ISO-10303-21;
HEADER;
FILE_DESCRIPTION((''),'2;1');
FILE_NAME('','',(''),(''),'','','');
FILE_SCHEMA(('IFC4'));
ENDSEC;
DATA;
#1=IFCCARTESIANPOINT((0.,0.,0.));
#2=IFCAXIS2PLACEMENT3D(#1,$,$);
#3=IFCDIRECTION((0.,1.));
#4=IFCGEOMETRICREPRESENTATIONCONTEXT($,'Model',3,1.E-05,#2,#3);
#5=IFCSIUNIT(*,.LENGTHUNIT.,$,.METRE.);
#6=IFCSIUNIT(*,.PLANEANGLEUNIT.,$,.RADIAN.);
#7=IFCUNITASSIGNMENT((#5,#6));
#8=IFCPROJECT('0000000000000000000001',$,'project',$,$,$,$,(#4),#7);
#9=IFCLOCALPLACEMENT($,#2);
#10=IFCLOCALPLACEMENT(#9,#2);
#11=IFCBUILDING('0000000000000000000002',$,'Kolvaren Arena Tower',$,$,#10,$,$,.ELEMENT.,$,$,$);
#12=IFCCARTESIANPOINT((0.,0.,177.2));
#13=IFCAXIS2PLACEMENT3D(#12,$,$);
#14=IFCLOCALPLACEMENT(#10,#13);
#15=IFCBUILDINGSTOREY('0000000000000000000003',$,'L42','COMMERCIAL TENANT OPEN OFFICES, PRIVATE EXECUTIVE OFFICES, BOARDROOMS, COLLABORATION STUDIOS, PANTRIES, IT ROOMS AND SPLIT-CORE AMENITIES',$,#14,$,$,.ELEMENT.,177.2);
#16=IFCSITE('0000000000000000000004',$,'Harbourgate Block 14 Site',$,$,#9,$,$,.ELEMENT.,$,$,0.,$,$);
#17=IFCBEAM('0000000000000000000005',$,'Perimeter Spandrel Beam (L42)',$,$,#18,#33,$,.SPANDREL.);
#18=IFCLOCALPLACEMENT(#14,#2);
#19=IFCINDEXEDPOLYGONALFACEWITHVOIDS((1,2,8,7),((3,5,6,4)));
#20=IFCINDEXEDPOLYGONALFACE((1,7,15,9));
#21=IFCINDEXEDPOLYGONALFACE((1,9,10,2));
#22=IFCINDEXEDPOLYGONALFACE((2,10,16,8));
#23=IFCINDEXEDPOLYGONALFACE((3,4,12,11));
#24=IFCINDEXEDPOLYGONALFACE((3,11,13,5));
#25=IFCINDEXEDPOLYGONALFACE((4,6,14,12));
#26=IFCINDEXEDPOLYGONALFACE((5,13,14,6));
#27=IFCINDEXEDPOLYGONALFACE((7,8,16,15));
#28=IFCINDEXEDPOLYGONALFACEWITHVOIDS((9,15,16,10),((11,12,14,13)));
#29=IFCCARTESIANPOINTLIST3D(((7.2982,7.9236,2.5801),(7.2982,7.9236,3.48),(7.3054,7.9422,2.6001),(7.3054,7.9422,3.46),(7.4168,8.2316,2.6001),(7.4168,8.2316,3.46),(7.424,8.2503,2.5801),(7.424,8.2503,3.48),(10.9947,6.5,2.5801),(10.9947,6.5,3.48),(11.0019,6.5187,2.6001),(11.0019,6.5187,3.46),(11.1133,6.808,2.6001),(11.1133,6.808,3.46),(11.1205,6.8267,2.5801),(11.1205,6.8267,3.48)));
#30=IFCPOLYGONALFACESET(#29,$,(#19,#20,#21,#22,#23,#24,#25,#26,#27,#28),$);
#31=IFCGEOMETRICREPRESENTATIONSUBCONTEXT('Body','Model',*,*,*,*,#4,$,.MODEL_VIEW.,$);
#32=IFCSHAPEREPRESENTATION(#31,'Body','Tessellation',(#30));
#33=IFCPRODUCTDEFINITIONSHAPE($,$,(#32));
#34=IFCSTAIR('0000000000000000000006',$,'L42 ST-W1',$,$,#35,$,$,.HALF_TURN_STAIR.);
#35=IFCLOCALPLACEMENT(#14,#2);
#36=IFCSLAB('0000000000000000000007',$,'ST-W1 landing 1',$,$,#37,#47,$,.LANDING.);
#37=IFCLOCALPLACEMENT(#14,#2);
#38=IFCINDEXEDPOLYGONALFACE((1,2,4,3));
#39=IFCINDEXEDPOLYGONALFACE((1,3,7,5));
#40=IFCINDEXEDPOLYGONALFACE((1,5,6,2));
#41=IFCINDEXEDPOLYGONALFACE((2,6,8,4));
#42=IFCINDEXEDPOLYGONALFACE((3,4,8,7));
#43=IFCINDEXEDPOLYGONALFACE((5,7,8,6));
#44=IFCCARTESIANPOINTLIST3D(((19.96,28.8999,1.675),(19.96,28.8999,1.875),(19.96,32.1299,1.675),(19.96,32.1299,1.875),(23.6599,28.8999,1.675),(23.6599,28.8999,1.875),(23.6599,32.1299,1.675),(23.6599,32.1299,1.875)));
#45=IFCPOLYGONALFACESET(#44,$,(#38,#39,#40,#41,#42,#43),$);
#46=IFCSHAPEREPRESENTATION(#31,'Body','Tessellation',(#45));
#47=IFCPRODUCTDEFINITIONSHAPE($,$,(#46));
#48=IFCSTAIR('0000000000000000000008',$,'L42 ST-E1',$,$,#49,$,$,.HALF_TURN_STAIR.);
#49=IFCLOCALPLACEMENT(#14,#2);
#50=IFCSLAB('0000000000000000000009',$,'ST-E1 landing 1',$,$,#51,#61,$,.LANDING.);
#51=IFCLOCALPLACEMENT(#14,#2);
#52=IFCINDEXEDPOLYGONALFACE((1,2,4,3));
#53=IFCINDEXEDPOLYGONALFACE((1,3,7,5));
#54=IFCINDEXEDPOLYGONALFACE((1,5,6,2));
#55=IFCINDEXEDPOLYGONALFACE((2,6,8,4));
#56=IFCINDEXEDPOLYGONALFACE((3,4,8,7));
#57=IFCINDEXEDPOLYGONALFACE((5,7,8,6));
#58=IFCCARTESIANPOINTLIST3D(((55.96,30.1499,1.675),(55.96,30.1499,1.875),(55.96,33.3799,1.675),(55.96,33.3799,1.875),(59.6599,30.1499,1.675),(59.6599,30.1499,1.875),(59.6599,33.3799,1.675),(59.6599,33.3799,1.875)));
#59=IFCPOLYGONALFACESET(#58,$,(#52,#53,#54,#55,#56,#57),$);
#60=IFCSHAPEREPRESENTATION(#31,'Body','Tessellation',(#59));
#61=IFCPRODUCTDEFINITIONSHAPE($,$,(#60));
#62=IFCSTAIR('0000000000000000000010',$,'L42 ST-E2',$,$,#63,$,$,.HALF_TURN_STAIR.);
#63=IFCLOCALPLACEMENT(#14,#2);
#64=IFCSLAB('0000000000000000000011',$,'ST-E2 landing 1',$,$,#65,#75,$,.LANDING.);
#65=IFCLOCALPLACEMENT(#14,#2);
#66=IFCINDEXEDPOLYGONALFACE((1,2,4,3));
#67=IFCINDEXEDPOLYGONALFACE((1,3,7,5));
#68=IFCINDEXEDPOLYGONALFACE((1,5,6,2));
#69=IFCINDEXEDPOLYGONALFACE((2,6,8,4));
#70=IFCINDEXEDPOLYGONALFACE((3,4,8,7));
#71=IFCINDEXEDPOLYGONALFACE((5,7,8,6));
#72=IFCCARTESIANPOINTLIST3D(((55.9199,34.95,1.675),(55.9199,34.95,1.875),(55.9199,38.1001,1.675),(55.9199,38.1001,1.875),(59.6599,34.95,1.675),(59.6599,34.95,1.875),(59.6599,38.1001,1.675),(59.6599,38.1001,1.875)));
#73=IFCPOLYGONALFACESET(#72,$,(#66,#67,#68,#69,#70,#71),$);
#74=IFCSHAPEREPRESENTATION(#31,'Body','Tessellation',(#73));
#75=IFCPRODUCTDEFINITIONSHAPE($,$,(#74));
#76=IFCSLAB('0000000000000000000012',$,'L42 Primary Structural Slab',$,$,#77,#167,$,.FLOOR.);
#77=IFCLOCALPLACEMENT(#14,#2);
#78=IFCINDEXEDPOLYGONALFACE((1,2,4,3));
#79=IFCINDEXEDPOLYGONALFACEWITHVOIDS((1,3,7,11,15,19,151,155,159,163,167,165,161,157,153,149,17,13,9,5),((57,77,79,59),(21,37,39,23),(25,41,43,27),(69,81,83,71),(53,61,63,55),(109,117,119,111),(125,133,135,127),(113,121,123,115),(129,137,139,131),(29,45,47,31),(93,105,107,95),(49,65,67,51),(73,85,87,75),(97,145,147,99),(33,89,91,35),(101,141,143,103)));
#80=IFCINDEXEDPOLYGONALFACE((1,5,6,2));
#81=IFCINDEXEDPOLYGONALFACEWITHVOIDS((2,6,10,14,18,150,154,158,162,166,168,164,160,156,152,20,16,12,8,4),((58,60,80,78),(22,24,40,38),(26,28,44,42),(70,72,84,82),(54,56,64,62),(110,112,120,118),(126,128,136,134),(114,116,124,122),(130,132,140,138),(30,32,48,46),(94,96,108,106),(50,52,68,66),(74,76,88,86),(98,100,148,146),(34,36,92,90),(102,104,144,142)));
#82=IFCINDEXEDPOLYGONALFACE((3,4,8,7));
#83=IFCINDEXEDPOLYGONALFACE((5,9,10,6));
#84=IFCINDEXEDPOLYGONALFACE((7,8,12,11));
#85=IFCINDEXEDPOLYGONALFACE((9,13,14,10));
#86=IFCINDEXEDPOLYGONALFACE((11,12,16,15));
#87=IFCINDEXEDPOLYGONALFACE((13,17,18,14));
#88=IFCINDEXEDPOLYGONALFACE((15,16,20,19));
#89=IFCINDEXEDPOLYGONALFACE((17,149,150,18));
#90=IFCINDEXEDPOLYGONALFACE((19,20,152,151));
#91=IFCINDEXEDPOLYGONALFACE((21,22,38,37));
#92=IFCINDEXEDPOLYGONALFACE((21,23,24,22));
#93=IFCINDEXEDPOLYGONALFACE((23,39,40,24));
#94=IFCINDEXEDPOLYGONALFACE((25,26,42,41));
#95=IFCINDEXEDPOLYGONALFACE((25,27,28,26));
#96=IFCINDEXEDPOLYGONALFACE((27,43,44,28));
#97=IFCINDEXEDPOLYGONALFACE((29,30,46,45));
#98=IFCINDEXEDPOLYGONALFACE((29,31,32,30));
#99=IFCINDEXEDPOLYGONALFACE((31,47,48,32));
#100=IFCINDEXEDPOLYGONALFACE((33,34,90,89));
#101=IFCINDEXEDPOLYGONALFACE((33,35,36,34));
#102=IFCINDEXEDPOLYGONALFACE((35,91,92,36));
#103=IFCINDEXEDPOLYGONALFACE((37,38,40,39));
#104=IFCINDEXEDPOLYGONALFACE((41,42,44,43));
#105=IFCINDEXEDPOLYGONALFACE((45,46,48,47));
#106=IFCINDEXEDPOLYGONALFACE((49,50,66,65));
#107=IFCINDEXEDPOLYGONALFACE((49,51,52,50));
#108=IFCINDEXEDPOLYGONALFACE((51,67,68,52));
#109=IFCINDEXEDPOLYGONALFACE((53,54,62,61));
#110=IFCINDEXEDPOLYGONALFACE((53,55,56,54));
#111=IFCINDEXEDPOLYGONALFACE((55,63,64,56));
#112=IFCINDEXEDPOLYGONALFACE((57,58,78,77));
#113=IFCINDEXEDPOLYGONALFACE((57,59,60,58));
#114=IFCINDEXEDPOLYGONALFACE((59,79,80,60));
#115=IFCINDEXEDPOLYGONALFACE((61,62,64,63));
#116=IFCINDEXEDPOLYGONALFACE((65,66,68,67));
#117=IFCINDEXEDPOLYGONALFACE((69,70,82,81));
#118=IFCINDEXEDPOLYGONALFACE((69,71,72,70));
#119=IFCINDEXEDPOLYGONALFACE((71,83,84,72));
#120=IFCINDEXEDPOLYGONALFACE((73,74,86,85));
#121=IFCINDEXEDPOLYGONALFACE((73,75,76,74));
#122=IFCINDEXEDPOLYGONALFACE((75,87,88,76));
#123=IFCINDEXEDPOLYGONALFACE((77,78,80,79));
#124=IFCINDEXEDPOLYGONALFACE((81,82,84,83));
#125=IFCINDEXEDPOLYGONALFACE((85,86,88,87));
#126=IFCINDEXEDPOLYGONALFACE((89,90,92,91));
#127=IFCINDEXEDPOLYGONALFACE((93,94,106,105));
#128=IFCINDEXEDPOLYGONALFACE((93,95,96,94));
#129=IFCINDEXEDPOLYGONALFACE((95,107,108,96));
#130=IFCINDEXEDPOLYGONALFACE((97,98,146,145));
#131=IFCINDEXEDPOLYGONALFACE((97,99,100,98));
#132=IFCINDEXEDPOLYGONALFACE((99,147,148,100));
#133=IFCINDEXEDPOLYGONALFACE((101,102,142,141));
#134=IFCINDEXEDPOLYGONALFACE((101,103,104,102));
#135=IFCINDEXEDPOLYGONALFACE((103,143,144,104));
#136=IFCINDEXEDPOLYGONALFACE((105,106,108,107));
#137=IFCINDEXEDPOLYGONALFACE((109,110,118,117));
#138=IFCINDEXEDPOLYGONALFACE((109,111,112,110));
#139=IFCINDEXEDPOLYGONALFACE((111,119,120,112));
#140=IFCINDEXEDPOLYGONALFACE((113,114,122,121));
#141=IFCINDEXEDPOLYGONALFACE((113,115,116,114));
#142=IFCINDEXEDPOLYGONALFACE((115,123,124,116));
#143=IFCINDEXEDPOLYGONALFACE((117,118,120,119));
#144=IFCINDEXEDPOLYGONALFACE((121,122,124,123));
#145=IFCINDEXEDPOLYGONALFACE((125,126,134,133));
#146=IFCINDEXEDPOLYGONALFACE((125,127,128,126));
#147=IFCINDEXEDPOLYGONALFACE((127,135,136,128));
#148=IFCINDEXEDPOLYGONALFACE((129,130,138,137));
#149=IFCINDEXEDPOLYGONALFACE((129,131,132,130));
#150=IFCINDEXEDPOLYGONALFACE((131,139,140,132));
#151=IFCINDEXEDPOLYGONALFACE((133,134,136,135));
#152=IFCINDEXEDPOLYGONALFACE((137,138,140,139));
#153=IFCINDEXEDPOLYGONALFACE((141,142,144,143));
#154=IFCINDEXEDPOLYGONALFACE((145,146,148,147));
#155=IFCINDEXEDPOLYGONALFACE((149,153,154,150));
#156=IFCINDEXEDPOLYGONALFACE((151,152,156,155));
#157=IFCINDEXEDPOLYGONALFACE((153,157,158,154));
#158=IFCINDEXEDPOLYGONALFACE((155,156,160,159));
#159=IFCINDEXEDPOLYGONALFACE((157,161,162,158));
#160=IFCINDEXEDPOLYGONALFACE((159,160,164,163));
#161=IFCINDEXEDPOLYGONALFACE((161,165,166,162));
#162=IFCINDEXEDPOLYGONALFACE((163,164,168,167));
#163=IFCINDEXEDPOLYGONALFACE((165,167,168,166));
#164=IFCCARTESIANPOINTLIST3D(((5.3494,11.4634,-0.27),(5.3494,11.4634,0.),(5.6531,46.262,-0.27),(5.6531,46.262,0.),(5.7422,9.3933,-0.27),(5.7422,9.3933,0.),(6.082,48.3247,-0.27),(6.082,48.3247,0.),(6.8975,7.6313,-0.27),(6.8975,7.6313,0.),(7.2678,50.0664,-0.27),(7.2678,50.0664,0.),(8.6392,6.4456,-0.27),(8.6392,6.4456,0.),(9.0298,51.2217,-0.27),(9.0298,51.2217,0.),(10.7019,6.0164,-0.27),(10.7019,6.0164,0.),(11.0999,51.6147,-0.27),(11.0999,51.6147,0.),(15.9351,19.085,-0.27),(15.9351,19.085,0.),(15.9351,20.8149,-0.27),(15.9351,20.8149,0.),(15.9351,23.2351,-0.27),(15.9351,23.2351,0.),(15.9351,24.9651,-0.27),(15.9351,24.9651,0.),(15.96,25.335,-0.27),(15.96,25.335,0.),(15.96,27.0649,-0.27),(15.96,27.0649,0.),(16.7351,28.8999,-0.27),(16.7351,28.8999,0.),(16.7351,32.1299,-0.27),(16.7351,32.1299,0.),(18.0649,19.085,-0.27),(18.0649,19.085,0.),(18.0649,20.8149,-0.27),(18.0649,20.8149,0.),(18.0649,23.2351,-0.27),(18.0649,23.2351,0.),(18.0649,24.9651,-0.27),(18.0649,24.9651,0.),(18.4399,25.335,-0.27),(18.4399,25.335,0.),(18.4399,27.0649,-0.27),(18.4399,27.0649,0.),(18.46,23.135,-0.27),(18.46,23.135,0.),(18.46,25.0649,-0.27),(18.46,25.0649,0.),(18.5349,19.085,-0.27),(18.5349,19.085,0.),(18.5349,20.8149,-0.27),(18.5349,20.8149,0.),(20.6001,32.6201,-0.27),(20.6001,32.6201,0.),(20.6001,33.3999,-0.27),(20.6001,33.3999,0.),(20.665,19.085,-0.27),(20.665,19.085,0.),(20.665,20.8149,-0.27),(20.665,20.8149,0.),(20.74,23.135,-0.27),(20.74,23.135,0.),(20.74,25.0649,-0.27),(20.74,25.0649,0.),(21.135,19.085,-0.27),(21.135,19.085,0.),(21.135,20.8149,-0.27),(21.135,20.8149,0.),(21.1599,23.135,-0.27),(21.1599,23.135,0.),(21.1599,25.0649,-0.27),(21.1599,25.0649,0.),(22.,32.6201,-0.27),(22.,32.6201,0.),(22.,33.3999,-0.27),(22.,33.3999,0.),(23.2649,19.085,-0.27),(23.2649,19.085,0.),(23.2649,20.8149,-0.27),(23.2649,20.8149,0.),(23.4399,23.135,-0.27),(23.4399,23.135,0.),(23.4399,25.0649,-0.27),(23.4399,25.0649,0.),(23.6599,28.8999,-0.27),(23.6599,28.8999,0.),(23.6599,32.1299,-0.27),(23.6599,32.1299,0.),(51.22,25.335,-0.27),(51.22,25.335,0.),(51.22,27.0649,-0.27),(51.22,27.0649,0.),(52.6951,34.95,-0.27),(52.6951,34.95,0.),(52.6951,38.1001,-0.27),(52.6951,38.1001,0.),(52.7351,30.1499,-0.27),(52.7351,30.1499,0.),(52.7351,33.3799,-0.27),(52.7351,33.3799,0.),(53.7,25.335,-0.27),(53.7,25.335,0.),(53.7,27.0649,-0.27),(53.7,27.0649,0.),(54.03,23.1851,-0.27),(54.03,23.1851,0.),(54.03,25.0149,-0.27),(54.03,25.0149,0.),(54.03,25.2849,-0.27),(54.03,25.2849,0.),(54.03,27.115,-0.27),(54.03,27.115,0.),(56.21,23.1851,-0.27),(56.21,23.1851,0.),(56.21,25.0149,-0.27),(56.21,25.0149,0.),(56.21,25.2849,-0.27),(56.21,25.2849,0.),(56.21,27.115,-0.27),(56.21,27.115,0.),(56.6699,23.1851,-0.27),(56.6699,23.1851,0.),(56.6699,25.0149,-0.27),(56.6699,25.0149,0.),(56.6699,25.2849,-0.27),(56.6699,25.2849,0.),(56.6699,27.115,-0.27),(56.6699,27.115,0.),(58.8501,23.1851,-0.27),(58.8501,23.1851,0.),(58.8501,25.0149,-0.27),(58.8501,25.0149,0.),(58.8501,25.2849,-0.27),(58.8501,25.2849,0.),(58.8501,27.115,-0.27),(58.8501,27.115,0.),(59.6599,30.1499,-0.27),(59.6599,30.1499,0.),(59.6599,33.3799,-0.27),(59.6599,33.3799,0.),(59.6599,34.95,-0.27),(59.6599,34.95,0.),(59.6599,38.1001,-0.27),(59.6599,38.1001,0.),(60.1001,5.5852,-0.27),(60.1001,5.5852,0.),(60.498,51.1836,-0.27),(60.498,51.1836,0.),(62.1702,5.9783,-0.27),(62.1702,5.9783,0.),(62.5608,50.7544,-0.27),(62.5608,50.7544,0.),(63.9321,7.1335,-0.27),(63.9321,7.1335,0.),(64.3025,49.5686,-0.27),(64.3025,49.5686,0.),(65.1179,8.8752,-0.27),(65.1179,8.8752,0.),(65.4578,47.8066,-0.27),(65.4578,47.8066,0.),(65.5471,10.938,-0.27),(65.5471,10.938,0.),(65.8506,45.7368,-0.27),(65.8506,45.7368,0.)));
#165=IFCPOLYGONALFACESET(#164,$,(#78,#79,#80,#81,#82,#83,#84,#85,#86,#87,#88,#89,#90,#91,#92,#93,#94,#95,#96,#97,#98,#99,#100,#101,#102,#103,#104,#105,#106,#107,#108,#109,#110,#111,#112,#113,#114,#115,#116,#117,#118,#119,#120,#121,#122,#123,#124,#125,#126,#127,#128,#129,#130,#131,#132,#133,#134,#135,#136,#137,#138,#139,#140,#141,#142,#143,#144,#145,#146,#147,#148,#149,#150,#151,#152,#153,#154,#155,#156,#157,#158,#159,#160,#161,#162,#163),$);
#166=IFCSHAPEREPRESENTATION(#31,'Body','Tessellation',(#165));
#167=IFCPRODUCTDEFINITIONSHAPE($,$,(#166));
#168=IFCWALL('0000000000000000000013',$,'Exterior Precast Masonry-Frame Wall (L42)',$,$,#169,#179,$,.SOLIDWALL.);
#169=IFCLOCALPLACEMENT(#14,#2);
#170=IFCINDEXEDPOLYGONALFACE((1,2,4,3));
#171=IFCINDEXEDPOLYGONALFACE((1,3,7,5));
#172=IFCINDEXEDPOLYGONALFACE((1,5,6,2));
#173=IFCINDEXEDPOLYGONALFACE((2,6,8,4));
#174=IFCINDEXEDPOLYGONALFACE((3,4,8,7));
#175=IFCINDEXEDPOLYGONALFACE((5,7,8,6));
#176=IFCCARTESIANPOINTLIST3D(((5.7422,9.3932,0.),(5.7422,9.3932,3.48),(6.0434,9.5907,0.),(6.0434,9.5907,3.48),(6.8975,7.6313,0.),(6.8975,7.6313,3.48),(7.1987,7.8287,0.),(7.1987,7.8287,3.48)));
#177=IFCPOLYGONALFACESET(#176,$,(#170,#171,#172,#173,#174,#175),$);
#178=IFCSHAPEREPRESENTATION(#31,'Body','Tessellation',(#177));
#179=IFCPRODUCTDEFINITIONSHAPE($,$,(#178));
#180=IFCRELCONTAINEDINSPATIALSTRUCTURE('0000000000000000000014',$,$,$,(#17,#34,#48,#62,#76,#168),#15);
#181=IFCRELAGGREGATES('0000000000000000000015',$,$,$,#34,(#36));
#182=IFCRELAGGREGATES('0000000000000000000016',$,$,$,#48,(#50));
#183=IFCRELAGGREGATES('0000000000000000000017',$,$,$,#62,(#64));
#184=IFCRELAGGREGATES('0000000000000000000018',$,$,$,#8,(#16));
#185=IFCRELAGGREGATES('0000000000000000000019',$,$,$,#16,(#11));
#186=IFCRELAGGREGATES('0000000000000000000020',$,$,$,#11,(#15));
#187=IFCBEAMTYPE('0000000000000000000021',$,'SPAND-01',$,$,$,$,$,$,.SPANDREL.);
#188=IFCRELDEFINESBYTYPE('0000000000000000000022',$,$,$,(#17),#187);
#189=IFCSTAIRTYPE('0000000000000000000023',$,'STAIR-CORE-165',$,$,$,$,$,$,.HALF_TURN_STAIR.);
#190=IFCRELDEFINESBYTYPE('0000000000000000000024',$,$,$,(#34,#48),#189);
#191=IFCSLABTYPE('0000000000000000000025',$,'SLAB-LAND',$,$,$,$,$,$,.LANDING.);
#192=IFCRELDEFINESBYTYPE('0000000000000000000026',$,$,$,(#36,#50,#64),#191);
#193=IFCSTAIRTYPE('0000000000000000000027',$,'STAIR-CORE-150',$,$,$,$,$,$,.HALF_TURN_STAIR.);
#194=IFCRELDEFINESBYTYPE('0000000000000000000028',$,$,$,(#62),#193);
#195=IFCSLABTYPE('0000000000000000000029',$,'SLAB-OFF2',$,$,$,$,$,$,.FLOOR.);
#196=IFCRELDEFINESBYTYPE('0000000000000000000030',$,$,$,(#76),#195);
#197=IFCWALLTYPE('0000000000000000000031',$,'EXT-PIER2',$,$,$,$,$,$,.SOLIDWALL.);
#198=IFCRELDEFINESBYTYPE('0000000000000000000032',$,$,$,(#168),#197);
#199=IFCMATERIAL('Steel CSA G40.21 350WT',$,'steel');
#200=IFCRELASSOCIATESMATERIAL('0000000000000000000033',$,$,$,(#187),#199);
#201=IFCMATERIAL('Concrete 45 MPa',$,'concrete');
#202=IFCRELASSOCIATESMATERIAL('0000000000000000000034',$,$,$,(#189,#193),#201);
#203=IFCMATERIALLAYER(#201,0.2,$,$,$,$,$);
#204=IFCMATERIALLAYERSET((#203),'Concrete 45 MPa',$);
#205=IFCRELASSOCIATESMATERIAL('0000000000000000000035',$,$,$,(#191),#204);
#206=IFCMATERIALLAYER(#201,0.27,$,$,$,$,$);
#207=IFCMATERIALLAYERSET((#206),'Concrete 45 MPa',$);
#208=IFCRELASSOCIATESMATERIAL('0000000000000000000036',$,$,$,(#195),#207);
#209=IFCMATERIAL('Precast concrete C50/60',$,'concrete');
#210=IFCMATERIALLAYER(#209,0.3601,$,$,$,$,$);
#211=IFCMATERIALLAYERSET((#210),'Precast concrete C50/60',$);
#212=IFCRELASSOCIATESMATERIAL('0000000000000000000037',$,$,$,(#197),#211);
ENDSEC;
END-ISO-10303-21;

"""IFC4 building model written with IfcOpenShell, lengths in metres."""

from ifc_helpers import new_model, si_unit, direction, frame, frame_2d, origin, origin_2d, place, context, subcontext, project, spatial, polyline, rectangle, hollow_rectangle, outline, extrude, material, layer, layer_set, material_profile, profile_set, type_object, element, aggregate, save


model = new_model("IFC4")

# Units and contexts
model_context = context("Model", 3, precision=1e-05, world=origin(), true_north=direction((0.0, 1.0)))
body_context = subcontext(model_context, "Body", "Model", "MODEL_VIEW")
ifc_project = project(units=[si_unit("LENGTHUNIT", "METRE"), si_unit("PLANEANGLEUNIT", "RADIAN")], contexts=[model_context])

# Site, building, storey
site_placement = place(None, origin())
site = spatial("IfcSite", under=ifc_project, at=site_placement, Name="Harbourgate Block 14 Site", CompositionType="ELEMENT", RefElevation=0.0)
building_placement = place(site_placement, origin())
building = spatial("IfcBuilding", under=site, at=building_placement, Name="Kolvaren Arena Tower", CompositionType="ELEMENT")
storey_placement = place(building_placement, frame((0.0, 0.0, 177.2)))
storey = spatial("IfcBuildingStorey", under=building, at=storey_placement, Name="L42", Description="COMMERCIAL TENANT OPEN OFFICES, PRIVATE EXECUTIVE OFFICES, BOARDROOMS, COLLABORATION STUDIOS, PANTRIES, IT ROOMS AND SPLIT-CORE AMENITIES", CompositionType="ELEMENT", Elevation=177.2)

# Beam
ifc_material_1 = material(Name="Steel CSA G40.21 350WT", Category="steel")
ifc_material_profile_1 = material_profile(ifc_material_1, hollow_rectangle(XDim=0.3501, YDim=0.8999, WallThickness=0.02, at=origin_2d()), Name="HSS 900x350x20")
ifc_profile_set_1 = profile_set([ifc_material_profile_1], Name="Steel CSA G40.21 350WT")
beam_type_1 = type_object("IfcBeamType", Name="SPAND-01", PredefinedType="SPANDREL", material=ifc_profile_set_1)
beam_1_placement = place(storey_placement, frame((7.3611, 8.0869, 3.03), z_axis=(0.93319, -0.359384, 0.0), x_axis=(0.359384, 0.93319, 0.0)))
element("IfcBeam", 1, at=beam_1_placement, inside=storey, type_object=beam_type_1, Name="Perimeter Spandrel Beam (L42)", PredefinedType="SPANDREL", context=body_context, shape_type="SweptSolid", body=[
    extrude(hollow_rectangle(XDim=0.3501, YDim=0.8999, WallThickness=0.02, at=origin_2d()), origin(), (0.0, 0.0, 1.0), 3.9612),
])

# Stairs, slabs
ifc_material_2 = material(Name="Concrete 45 MPa", Category="concrete")
stair_type_1 = type_object("IfcStairType", Name="STAIR-CORE-165", PredefinedType="HALF_TURN_STAIR", material=ifc_material_2)
stair_1_placement = place(storey_placement, origin())
stair_1 = element("IfcStair", 2, at=stair_1_placement, inside=storey, type_object=stair_type_1, Name="L42 ST-W1", PredefinedType="HALF_TURN_STAIR")
ifc_layer_1 = layer(ifc_material_2, 0.2)
ifc_layer_set_1 = layer_set([ifc_layer_1], Name="Concrete 45 MPa")
slab_type_1 = type_object("IfcSlabType", Name="SLAB-LAND", PredefinedType="LANDING", material=ifc_layer_set_1)
slab_1_placement = place(storey_placement, frame((0.0, 0.0, 1.675)))
slab_1 = element("IfcSlab", 3, at=slab_1_placement, type_object=slab_type_1, Name="ST-W1 landing 1", PredefinedType="LANDING", context=body_context, shape_type="SweptSolid", body=[
    extrude(outline(polyline([(19.96, 28.8999), (23.6599, 28.8999), (23.6599, 32.1299), (19.96, 32.1299), (19.96, 28.8999)])), origin(), (0.0, 0.0, 1.0), 0.2),
])
aggregate(stair_1, [slab_1])
stair_2_placement = place(storey_placement, origin())
stair_2 = element("IfcStair", 4, at=stair_2_placement, inside=storey, type_object=stair_type_1, Name="L42 ST-E1", PredefinedType="HALF_TURN_STAIR")
slab_2_placement = place(storey_placement, frame((0.0, 0.0, 1.675)))
slab_2 = element("IfcSlab", 5, at=slab_2_placement, type_object=slab_type_1, Name="ST-E1 landing 1", PredefinedType="LANDING", context=body_context, shape_type="SweptSolid", body=[
    extrude(outline(polyline([(55.96, 30.1499), (59.6599, 30.1499), (59.6599, 33.3799), (55.96, 33.3799), (55.96, 30.1499)])), origin(), (0.0, 0.0, 1.0), 0.2),
])
aggregate(stair_2, [slab_2])
stair_type_2 = type_object("IfcStairType", Name="STAIR-CORE-150", PredefinedType="HALF_TURN_STAIR", material=ifc_material_2)
stair_3_placement = place(storey_placement, origin())
stair_3 = element("IfcStair", 6, at=stair_3_placement, inside=storey, type_object=stair_type_2, Name="L42 ST-E2", PredefinedType="HALF_TURN_STAIR")
slab_3_placement = place(storey_placement, frame((0.0, 0.0, 1.675)))
slab_3 = element("IfcSlab", 7, at=slab_3_placement, type_object=slab_type_1, Name="ST-E2 landing 1", PredefinedType="LANDING", context=body_context, shape_type="SweptSolid", body=[
    extrude(outline(polyline([(55.9199, 34.95), (59.6599, 34.95), (59.6599, 38.1001), (55.9199, 38.1001), (55.9199, 34.95)])), origin(), (0.0, 0.0, 1.0), 0.2),
])
aggregate(stair_3, [slab_3])

# Slab
ifc_layer_2 = layer(ifc_material_2, 0.27)
ifc_layer_set_2 = layer_set([ifc_layer_2], Name="Concrete 45 MPa")
slab_type_2 = type_object("IfcSlabType", Name="SLAB-OFF2", PredefinedType="FLOOR", material=ifc_layer_set_2)
slab_4_placement = place(storey_placement, frame((0.0, 0.0, -0.27)))
element("IfcSlab", 8, at=slab_4_placement, inside=storey, type_object=slab_type_2, Name="L42 Primary Structural Slab", PredefinedType="FLOOR", context=body_context, shape_type="SweptSolid", body=[
    extrude(outline(polyline([(60.1001, 5.5852), (62.1702, 5.9783), (63.9321, 7.1335), (65.1179, 8.8752), (65.5471, 10.938), (65.8506, 45.7368), (65.4578, 47.8066), (64.3025, 49.5686), (62.5608, 50.7544), (60.498, 51.1836), (11.0999, 51.6147), (9.0298, 51.2217), (7.2678, 50.0664), (6.082, 48.3247), (5.6531, 46.262), (5.3494, 11.4634), (5.7422, 9.3933), (6.8975, 7.6313), (8.6392, 6.4456), (10.7019, 6.0164), (60.1001, 5.5852)]), holes=[polyline([(15.9351, 19.085), (15.9351, 20.8149), (18.0649, 20.8149), (18.0649, 19.085), (15.9351, 19.085)]), polyline([(18.5349, 19.085), (18.5349, 20.8149), (20.665, 20.8149), (20.665, 19.085), (18.5349, 19.085)]), polyline([(21.135, 19.085), (21.135, 20.8149), (23.2649, 20.8149), (23.2649, 19.085), (21.135, 19.085)]), polyline([(18.46, 23.135), (18.46, 25.0649), (20.74, 25.0649), (20.74, 23.135), (18.46, 23.135)]), polyline([(21.1599, 23.135), (21.1599, 25.0649), (23.4399, 25.0649), (23.4399, 23.135), (21.1599, 23.135)]), polyline([(54.03, 23.1851), (54.03, 25.0149), (56.21, 25.0149), (56.21, 23.1851), (54.03, 23.1851)]), polyline([(56.6699, 23.1851), (56.6699, 25.0149), (58.8501, 25.0149), (58.8501, 23.1851), (56.6699, 23.1851)]), polyline([(15.9351, 23.2351), (15.9351, 24.9651), (18.0649, 24.9651), (18.0649, 23.2351), (15.9351, 23.2351)]), polyline([(54.03, 25.2849), (54.03, 27.115), (56.21, 27.115), (56.21, 25.2849), (54.03, 25.2849)]), polyline([(56.6699, 25.2849), (56.6699, 27.115), (58.8501, 27.115), (58.8501, 25.2849), (56.6699, 25.2849)]), polyline([(15.96, 25.335), (15.96, 27.0649), (18.4399, 27.0649), (18.4399, 25.335), (15.96, 25.335)]), polyline([(51.22, 25.335), (51.22, 27.0649), (53.7, 27.0649), (53.7, 25.335), (51.22, 25.335)]), polyline([(16.7351, 28.8999), (16.7351, 32.1299), (23.6599, 32.1299), (23.6599, 28.8999), (16.7351, 28.8999)]), polyline([(52.7351, 30.1499), (52.7351, 33.3799), (59.6599, 33.3799), (59.6599, 30.1499), (52.7351, 30.1499)]), polyline([(20.6001, 32.6201), (20.6001, 33.3999), (22.0, 33.3999), (22.0, 32.6201), (20.6001, 32.6201)]), polyline([(52.6951, 34.95), (52.6951, 38.1001), (59.6599, 38.1001), (59.6599, 34.95), (52.6951, 34.95)])]), origin(), (0.0, 0.0, 1.0), 0.27),
])

# Wall
ifc_material_3 = material(Name="Precast concrete C50/60", Category="concrete")
ifc_layer_3 = layer(ifc_material_3, 0.3601)
ifc_layer_set_3 = layer_set([ifc_layer_3], Name="Precast concrete C50/60")
wall_type = type_object("IfcWallType", Name="EXT-PIER2", PredefinedType="SOLIDWALL", material=ifc_layer_set_3)
for number, where, z_axis, x_axis, name in (
    (9, (7.0481, 7.73, 0.0), (0.0, 0.0, 1.0), (-0.54832, 0.836269, 0.0), "Exterior Precast Masonry-Frame Wall (L42)"),
):
    element("IfcWall", number, at=place(storey_placement, frame(where, z_axis=z_axis, x_axis=x_axis)), inside=storey, type_object=wall_type, Name=name, PredefinedType="SOLIDWALL", context=body_context, shape_type="SweptSolid", body=[
        extrude(rectangle(XDim=2.1069, YDim=0.3601, at=frame_2d((1.0535, 0.0))), origin(), (0.0, 0.0, 1.0), 3.48),
    ])

save(model, "model.ifc")
